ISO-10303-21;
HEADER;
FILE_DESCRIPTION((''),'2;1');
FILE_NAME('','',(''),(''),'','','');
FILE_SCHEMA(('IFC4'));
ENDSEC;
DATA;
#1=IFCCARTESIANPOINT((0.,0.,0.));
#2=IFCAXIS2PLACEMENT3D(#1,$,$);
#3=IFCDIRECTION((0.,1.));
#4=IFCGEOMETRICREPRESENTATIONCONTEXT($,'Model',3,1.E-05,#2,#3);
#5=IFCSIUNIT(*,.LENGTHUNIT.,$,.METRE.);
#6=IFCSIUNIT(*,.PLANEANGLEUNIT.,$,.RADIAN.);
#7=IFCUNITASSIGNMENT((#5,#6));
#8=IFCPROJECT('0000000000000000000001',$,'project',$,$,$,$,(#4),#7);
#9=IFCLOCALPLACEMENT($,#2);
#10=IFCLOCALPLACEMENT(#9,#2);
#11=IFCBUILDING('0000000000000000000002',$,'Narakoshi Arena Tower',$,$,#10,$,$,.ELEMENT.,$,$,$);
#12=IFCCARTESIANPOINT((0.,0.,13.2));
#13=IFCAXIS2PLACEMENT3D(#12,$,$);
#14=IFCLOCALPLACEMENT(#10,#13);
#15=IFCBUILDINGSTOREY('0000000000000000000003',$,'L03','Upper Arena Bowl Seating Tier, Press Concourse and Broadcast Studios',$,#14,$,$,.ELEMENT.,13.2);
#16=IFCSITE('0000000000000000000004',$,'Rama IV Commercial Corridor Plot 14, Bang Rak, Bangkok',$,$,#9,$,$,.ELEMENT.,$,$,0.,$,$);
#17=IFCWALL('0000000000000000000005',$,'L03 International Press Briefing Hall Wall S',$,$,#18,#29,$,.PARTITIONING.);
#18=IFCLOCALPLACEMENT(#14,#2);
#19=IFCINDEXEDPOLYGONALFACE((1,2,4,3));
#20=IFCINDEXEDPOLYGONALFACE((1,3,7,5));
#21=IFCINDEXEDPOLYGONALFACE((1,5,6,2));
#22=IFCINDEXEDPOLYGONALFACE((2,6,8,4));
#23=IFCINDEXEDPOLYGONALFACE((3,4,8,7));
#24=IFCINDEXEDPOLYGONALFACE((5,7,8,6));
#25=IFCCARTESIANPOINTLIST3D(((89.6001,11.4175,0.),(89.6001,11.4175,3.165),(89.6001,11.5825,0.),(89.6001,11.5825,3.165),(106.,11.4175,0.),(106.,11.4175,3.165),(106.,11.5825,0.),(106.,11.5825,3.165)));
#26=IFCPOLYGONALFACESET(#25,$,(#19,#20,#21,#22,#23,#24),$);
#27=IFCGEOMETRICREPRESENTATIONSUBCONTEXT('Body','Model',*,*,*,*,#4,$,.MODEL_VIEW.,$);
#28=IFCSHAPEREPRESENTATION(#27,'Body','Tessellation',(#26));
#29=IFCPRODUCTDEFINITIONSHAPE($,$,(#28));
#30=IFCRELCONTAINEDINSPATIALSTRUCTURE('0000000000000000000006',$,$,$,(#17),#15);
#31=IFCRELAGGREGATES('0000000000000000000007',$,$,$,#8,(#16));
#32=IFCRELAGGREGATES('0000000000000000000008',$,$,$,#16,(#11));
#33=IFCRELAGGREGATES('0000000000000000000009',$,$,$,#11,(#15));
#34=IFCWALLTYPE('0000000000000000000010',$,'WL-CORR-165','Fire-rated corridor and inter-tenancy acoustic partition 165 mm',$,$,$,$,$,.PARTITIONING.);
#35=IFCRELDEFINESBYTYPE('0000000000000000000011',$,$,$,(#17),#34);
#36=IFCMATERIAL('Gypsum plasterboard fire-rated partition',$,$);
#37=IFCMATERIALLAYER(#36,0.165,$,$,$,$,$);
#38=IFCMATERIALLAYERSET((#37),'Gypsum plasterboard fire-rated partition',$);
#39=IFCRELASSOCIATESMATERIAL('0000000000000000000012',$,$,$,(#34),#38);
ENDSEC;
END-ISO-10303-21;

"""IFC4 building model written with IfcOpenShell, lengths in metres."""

from ifc_helpers import new_model, si_unit, direction, frame, frame_2d, origin, place, context, subcontext, project, spatial, rectangle, extrude, material, layer, layer_set, type_object, element, save


model = new_model("IFC4")

# Units and contexts
model_context = context("Model", 3, precision=1e-05, world=origin(), true_north=direction((0.0, 1.0)))
body_context = subcontext(model_context, "Body", "Model", "MODEL_VIEW")
ifc_project = project(units=[si_unit("LENGTHUNIT", "METRE"), si_unit("PLANEANGLEUNIT", "RADIAN")], contexts=[model_context])

# Site, building, storey
site_placement = place(None, origin())
site = spatial("IfcSite", under=ifc_project, at=site_placement, Name="Rama IV Commercial Corridor Plot 14, Bang Rak, Bangkok", CompositionType="ELEMENT", RefElevation=0.0)
building_placement = place(site_placement, origin())
building = spatial("IfcBuilding", under=site, at=building_placement, Name="Narakoshi Arena Tower", CompositionType="ELEMENT")
storey_placement = place(building_placement, frame((0.0, 0.0, 13.2)))
storey = spatial("IfcBuildingStorey", under=building, at=storey_placement, Name="L03", Description="Upper Arena Bowl Seating Tier, Press Concourse and Broadcast Studios", CompositionType="ELEMENT", Elevation=13.2)

# Wall
ifc_material_1 = material(Name="Gypsum plasterboard fire-rated partition")
ifc_layer = layer(ifc_material_1, 0.165)
ifc_layer_set = layer_set([ifc_layer], Name="Gypsum plasterboard fire-rated partition")
wall_type = type_object("IfcWallType", Name="WL-CORR-165", Description="Fire-rated corridor and inter-tenancy acoustic partition 165 mm", PredefinedType="PARTITIONING", material=ifc_layer_set)
wall_placement = place(storey_placement, frame((89.6001, 11.5, 0.0), z_axis=(0.0, 0.0, 1.0), x_axis=(1.0, 0.0, 0.0)))
element("IfcWall", 1, at=wall_placement, inside=storey, type_object=wall_type, Name="L03 International Press Briefing Hall Wall S", PredefinedType="PARTITIONING", context=body_context, shape_type="SweptSolid", body=[
    extrude(rectangle(XDim=16.3999, YDim=0.165, at=frame_2d((8.2, 0.0))), origin(), (0.0, 0.0, 1.0), 3.165),
])

save(model, "model.ifc")
